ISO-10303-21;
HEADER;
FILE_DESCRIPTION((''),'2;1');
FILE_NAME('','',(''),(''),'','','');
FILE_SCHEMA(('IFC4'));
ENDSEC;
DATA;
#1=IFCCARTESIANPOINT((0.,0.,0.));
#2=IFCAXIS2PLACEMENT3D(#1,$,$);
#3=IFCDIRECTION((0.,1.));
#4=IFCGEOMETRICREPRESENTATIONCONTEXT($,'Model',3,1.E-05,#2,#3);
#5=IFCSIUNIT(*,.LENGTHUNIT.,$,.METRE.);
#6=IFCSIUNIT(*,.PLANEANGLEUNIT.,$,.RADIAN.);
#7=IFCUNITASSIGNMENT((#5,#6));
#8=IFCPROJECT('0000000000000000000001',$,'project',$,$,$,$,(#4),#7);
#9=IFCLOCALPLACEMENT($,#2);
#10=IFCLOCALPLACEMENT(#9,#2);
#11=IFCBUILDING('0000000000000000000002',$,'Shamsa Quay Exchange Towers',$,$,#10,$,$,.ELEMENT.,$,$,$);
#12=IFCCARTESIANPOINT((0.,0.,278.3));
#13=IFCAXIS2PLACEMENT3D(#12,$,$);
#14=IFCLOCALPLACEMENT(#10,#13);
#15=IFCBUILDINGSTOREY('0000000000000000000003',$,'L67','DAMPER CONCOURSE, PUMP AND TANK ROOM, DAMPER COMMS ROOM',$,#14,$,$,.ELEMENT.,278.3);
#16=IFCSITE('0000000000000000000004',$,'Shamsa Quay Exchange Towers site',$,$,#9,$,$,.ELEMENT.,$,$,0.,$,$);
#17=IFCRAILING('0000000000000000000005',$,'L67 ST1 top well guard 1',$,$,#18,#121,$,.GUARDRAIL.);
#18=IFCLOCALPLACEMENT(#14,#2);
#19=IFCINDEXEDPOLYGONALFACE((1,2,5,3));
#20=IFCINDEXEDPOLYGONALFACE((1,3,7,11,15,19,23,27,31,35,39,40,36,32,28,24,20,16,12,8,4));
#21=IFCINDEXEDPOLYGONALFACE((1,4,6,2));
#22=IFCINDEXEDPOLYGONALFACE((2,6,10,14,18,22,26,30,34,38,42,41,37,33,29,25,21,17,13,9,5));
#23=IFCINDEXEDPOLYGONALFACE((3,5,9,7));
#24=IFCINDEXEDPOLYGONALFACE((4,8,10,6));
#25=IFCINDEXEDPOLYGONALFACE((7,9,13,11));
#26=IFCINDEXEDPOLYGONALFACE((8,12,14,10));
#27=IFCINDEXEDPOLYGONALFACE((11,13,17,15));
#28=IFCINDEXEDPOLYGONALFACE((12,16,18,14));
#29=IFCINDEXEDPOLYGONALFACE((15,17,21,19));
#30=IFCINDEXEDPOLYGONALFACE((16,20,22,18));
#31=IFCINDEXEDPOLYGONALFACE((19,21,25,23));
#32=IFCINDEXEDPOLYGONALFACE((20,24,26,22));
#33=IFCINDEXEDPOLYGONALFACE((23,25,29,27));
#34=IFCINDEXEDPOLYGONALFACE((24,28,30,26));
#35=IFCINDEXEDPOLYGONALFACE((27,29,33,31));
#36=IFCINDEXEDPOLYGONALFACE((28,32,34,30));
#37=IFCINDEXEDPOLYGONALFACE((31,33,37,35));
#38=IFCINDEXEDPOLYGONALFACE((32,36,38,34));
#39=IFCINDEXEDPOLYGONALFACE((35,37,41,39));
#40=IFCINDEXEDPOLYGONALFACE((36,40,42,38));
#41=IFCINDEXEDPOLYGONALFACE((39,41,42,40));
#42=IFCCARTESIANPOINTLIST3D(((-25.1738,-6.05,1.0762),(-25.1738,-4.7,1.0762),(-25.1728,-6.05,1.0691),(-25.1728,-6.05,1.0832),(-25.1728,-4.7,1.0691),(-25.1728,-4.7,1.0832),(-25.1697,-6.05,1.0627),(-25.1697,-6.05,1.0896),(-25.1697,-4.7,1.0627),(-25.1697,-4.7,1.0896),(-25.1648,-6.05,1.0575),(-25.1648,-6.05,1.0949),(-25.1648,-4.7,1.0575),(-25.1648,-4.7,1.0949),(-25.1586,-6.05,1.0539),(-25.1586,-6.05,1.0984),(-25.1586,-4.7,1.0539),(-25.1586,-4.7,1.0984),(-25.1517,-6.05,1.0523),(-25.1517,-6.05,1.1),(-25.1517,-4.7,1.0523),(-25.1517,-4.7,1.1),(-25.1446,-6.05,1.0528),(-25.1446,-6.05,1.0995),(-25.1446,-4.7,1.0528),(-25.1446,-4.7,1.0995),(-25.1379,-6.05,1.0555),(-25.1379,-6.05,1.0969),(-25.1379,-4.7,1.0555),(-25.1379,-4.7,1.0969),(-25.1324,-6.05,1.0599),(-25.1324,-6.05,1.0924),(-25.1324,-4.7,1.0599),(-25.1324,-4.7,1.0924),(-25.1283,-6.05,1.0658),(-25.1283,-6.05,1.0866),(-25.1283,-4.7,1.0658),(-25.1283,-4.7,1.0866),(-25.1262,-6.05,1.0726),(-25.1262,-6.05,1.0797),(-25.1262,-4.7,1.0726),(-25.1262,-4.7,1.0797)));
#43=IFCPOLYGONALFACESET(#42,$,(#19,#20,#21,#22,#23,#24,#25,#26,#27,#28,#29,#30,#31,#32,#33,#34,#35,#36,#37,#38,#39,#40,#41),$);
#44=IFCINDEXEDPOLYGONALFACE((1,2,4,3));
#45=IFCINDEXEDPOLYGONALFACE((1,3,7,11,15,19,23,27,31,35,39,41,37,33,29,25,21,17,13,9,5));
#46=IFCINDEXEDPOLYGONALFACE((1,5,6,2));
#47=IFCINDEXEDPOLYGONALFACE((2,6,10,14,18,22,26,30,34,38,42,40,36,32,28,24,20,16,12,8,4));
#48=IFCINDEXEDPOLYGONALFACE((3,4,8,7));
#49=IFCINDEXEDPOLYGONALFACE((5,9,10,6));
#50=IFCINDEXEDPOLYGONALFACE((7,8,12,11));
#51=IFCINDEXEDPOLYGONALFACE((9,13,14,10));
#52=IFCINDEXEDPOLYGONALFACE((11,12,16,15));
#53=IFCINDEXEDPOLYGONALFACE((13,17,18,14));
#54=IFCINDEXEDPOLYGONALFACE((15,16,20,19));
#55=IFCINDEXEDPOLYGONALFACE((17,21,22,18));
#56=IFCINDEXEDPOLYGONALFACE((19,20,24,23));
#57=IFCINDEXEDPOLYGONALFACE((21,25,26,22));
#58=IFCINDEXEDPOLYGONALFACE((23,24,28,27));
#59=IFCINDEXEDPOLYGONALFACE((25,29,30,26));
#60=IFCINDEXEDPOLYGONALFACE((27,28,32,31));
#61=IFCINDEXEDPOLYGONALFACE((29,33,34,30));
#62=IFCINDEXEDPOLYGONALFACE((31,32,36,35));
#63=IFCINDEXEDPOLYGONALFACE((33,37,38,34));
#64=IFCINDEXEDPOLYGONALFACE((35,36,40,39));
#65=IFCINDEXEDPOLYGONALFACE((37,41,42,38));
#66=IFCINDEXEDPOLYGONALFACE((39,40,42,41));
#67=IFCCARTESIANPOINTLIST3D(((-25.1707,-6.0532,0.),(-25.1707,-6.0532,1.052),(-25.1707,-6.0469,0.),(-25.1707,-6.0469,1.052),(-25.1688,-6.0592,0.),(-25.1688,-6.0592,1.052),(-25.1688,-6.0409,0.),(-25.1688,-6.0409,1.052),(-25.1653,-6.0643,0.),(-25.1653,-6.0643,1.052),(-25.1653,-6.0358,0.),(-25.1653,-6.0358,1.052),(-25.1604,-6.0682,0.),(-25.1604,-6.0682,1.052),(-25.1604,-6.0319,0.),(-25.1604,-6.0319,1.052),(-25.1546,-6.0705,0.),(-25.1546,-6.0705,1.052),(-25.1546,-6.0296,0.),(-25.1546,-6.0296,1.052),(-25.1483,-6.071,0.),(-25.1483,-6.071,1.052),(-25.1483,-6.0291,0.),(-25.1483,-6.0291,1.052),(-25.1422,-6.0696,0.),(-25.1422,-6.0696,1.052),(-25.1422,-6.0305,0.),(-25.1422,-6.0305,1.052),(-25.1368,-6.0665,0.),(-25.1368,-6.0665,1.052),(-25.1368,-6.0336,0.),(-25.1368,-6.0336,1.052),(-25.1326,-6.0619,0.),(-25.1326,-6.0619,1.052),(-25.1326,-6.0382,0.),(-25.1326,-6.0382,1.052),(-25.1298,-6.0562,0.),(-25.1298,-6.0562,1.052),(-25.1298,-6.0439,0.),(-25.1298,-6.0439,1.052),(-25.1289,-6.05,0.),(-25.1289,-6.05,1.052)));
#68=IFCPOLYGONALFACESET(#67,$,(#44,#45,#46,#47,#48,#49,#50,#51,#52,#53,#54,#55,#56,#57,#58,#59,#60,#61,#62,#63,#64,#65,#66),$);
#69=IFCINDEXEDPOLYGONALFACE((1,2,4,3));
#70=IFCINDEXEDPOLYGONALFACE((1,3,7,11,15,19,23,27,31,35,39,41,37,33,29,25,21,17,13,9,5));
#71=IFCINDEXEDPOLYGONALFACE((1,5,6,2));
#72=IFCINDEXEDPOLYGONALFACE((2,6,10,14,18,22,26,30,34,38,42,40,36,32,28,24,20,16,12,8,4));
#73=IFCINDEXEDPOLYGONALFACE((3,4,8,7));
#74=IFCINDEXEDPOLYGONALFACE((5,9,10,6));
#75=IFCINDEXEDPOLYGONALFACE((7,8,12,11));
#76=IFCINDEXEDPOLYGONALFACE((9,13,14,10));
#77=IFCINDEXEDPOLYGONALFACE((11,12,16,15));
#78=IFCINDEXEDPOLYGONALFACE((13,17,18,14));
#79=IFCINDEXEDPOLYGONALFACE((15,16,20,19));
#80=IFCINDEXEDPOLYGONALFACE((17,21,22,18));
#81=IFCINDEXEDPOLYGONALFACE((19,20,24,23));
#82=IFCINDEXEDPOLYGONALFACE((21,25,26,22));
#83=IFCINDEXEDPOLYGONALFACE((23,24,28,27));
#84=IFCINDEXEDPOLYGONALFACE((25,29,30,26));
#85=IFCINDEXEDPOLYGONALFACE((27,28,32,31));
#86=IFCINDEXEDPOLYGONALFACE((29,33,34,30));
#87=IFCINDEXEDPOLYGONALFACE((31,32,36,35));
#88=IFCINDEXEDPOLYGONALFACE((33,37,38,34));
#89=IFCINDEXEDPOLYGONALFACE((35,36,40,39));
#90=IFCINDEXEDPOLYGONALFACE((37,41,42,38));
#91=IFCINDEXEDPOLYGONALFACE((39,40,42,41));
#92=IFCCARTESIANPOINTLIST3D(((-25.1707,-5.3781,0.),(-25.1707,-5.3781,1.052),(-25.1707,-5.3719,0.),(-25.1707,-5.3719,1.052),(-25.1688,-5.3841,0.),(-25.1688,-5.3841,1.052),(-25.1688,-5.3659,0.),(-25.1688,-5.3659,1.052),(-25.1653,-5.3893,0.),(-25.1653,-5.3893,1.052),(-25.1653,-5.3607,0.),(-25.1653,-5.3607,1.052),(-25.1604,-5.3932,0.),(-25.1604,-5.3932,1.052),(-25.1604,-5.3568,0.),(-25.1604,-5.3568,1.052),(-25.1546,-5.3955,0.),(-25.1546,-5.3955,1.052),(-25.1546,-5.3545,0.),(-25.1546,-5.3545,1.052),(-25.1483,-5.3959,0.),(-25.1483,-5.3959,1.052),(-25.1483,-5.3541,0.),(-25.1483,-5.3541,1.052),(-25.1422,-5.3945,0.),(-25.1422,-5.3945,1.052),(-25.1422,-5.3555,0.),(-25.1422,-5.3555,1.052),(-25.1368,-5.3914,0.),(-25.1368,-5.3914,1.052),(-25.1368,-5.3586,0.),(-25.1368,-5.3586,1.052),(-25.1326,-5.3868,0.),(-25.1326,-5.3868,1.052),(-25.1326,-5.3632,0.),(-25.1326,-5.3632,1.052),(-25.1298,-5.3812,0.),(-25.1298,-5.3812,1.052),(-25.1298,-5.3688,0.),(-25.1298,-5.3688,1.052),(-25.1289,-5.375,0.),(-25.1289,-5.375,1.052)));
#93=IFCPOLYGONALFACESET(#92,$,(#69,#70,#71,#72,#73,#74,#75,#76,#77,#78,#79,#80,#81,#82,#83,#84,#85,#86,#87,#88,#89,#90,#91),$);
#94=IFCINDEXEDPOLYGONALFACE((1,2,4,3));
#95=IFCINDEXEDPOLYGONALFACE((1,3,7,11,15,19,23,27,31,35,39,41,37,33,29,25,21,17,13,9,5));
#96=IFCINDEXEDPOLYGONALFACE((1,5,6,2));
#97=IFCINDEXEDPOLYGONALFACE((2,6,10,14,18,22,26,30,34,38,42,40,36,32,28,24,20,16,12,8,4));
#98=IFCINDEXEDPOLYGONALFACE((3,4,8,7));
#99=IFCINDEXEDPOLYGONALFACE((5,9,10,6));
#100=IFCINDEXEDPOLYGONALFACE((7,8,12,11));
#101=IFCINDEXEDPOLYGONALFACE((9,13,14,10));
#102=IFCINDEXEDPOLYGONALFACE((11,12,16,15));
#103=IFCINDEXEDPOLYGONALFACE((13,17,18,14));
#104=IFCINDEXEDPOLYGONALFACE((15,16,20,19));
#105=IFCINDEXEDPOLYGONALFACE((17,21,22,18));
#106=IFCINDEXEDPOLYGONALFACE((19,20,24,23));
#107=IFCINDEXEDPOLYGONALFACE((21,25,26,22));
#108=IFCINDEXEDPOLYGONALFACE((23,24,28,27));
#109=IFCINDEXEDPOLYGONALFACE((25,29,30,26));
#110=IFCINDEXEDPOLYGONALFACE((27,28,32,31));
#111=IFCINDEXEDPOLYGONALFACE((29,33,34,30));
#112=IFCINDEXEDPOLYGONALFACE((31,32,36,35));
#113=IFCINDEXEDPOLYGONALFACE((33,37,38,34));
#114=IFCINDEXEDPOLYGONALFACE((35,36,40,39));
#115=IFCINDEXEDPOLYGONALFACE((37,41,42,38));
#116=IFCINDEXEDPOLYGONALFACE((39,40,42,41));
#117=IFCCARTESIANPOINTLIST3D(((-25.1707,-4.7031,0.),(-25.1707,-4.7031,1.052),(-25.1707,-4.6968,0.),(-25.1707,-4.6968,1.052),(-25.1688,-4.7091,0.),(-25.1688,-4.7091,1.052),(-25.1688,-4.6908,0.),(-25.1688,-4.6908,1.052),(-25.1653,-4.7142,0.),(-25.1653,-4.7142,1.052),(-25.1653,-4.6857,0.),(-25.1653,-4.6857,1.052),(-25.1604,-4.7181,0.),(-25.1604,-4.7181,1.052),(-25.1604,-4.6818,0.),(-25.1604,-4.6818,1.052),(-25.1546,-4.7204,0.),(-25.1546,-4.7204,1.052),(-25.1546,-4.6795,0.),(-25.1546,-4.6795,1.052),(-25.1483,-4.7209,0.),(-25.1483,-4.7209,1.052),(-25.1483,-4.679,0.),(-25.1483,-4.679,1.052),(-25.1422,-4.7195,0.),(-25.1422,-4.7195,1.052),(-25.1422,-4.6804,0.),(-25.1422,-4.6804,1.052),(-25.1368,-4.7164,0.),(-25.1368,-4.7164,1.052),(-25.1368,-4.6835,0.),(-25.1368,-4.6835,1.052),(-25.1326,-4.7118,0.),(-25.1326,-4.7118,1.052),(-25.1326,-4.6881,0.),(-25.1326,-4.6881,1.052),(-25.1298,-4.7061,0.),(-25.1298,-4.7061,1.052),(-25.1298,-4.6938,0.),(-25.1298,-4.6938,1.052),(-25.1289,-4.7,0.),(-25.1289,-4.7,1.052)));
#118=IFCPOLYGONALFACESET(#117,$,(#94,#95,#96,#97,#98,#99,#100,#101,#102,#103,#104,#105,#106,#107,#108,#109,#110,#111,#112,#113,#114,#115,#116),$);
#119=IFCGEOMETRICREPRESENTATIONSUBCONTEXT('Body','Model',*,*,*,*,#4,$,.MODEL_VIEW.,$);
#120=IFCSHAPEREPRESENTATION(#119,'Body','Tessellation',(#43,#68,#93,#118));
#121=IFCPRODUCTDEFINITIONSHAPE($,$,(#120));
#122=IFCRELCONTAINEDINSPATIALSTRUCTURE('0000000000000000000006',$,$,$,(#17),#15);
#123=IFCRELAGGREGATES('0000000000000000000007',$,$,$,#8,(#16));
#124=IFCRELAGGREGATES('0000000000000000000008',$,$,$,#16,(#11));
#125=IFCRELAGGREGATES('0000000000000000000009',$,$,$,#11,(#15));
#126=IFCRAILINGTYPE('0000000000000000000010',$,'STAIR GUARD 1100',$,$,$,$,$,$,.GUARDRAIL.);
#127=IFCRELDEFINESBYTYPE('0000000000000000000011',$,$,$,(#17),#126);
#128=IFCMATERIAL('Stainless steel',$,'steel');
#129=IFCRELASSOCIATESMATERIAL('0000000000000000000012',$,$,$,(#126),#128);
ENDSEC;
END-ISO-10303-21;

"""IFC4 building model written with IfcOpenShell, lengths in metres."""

from ifc_helpers import new_model, si_unit, direction, frame, origin, origin_2d, place, context, subcontext, project, spatial, circle, extrude, material, type_object, element, save


model = new_model("IFC4")

# Units and contexts
model_context = context("Model", 3, precision=1e-05, world=origin(), true_north=direction((0.0, 1.0)))
body_context = subcontext(model_context, "Body", "Model", "MODEL_VIEW")
ifc_project = project(units=[si_unit("LENGTHUNIT", "METRE"), si_unit("PLANEANGLEUNIT", "RADIAN")], contexts=[model_context])

# Site, building, storey
site_placement = place(None, origin())
site = spatial("IfcSite", under=ifc_project, at=site_placement, Name="Shamsa Quay Exchange Towers site", CompositionType="ELEMENT", RefElevation=0.0)
building_placement = place(site_placement, origin())
building = spatial("IfcBuilding", under=site, at=building_placement, Name="Shamsa Quay Exchange Towers", CompositionType="ELEMENT")
storey_placement = place(building_placement, frame((0.0, 0.0, 278.3)))
storey = spatial("IfcBuildingStorey", under=building, at=storey_placement, Name="L67", Description="DAMPER CONCOURSE, PUMP AND TANK ROOM, DAMPER COMMS ROOM", CompositionType="ELEMENT", Elevation=278.3)

# Railing
ifc_material_1 = material(Name="Stainless steel", Category="steel")
railing_type = type_object("IfcRailingType", Name="STAIR GUARD 1100", PredefinedType="GUARDRAIL", material=ifc_material_1)
railing_placement = place(storey_placement, frame((-25.1499, -6.05, 0.0)))
element("IfcRailing", 1, at=railing_placement, inside=storey, type_object=railing_type, Name="L67 ST1 top well guard 1", PredefinedType="GUARDRAIL", context=body_context, shape_type="SweptSolid", body=[
    extrude(circle(Radius=0.0239, at=origin_2d()), frame((0.0, 0.0, 1.0762), z_axis=(0.0, 1.0, 0.0), x_axis=(-1.0, 0.0, 0.0)), (0.0, 0.0, 1.0), 1.3501),
    extrude(circle(Radius=0.021, at=origin_2d()), origin(), (0.0, 0.0, 1.0), 1.052),
    extrude(circle(Radius=0.021, at=origin_2d()), frame((0.0, 0.675, 0.0)), (0.0, 0.0, 1.0), 1.052),
    extrude(circle(Radius=0.021, at=origin_2d()), frame((0.0, 1.3501, 0.0)), (0.0, 0.0, 1.0), 1.052),
])

save(model, "model.ifc")
